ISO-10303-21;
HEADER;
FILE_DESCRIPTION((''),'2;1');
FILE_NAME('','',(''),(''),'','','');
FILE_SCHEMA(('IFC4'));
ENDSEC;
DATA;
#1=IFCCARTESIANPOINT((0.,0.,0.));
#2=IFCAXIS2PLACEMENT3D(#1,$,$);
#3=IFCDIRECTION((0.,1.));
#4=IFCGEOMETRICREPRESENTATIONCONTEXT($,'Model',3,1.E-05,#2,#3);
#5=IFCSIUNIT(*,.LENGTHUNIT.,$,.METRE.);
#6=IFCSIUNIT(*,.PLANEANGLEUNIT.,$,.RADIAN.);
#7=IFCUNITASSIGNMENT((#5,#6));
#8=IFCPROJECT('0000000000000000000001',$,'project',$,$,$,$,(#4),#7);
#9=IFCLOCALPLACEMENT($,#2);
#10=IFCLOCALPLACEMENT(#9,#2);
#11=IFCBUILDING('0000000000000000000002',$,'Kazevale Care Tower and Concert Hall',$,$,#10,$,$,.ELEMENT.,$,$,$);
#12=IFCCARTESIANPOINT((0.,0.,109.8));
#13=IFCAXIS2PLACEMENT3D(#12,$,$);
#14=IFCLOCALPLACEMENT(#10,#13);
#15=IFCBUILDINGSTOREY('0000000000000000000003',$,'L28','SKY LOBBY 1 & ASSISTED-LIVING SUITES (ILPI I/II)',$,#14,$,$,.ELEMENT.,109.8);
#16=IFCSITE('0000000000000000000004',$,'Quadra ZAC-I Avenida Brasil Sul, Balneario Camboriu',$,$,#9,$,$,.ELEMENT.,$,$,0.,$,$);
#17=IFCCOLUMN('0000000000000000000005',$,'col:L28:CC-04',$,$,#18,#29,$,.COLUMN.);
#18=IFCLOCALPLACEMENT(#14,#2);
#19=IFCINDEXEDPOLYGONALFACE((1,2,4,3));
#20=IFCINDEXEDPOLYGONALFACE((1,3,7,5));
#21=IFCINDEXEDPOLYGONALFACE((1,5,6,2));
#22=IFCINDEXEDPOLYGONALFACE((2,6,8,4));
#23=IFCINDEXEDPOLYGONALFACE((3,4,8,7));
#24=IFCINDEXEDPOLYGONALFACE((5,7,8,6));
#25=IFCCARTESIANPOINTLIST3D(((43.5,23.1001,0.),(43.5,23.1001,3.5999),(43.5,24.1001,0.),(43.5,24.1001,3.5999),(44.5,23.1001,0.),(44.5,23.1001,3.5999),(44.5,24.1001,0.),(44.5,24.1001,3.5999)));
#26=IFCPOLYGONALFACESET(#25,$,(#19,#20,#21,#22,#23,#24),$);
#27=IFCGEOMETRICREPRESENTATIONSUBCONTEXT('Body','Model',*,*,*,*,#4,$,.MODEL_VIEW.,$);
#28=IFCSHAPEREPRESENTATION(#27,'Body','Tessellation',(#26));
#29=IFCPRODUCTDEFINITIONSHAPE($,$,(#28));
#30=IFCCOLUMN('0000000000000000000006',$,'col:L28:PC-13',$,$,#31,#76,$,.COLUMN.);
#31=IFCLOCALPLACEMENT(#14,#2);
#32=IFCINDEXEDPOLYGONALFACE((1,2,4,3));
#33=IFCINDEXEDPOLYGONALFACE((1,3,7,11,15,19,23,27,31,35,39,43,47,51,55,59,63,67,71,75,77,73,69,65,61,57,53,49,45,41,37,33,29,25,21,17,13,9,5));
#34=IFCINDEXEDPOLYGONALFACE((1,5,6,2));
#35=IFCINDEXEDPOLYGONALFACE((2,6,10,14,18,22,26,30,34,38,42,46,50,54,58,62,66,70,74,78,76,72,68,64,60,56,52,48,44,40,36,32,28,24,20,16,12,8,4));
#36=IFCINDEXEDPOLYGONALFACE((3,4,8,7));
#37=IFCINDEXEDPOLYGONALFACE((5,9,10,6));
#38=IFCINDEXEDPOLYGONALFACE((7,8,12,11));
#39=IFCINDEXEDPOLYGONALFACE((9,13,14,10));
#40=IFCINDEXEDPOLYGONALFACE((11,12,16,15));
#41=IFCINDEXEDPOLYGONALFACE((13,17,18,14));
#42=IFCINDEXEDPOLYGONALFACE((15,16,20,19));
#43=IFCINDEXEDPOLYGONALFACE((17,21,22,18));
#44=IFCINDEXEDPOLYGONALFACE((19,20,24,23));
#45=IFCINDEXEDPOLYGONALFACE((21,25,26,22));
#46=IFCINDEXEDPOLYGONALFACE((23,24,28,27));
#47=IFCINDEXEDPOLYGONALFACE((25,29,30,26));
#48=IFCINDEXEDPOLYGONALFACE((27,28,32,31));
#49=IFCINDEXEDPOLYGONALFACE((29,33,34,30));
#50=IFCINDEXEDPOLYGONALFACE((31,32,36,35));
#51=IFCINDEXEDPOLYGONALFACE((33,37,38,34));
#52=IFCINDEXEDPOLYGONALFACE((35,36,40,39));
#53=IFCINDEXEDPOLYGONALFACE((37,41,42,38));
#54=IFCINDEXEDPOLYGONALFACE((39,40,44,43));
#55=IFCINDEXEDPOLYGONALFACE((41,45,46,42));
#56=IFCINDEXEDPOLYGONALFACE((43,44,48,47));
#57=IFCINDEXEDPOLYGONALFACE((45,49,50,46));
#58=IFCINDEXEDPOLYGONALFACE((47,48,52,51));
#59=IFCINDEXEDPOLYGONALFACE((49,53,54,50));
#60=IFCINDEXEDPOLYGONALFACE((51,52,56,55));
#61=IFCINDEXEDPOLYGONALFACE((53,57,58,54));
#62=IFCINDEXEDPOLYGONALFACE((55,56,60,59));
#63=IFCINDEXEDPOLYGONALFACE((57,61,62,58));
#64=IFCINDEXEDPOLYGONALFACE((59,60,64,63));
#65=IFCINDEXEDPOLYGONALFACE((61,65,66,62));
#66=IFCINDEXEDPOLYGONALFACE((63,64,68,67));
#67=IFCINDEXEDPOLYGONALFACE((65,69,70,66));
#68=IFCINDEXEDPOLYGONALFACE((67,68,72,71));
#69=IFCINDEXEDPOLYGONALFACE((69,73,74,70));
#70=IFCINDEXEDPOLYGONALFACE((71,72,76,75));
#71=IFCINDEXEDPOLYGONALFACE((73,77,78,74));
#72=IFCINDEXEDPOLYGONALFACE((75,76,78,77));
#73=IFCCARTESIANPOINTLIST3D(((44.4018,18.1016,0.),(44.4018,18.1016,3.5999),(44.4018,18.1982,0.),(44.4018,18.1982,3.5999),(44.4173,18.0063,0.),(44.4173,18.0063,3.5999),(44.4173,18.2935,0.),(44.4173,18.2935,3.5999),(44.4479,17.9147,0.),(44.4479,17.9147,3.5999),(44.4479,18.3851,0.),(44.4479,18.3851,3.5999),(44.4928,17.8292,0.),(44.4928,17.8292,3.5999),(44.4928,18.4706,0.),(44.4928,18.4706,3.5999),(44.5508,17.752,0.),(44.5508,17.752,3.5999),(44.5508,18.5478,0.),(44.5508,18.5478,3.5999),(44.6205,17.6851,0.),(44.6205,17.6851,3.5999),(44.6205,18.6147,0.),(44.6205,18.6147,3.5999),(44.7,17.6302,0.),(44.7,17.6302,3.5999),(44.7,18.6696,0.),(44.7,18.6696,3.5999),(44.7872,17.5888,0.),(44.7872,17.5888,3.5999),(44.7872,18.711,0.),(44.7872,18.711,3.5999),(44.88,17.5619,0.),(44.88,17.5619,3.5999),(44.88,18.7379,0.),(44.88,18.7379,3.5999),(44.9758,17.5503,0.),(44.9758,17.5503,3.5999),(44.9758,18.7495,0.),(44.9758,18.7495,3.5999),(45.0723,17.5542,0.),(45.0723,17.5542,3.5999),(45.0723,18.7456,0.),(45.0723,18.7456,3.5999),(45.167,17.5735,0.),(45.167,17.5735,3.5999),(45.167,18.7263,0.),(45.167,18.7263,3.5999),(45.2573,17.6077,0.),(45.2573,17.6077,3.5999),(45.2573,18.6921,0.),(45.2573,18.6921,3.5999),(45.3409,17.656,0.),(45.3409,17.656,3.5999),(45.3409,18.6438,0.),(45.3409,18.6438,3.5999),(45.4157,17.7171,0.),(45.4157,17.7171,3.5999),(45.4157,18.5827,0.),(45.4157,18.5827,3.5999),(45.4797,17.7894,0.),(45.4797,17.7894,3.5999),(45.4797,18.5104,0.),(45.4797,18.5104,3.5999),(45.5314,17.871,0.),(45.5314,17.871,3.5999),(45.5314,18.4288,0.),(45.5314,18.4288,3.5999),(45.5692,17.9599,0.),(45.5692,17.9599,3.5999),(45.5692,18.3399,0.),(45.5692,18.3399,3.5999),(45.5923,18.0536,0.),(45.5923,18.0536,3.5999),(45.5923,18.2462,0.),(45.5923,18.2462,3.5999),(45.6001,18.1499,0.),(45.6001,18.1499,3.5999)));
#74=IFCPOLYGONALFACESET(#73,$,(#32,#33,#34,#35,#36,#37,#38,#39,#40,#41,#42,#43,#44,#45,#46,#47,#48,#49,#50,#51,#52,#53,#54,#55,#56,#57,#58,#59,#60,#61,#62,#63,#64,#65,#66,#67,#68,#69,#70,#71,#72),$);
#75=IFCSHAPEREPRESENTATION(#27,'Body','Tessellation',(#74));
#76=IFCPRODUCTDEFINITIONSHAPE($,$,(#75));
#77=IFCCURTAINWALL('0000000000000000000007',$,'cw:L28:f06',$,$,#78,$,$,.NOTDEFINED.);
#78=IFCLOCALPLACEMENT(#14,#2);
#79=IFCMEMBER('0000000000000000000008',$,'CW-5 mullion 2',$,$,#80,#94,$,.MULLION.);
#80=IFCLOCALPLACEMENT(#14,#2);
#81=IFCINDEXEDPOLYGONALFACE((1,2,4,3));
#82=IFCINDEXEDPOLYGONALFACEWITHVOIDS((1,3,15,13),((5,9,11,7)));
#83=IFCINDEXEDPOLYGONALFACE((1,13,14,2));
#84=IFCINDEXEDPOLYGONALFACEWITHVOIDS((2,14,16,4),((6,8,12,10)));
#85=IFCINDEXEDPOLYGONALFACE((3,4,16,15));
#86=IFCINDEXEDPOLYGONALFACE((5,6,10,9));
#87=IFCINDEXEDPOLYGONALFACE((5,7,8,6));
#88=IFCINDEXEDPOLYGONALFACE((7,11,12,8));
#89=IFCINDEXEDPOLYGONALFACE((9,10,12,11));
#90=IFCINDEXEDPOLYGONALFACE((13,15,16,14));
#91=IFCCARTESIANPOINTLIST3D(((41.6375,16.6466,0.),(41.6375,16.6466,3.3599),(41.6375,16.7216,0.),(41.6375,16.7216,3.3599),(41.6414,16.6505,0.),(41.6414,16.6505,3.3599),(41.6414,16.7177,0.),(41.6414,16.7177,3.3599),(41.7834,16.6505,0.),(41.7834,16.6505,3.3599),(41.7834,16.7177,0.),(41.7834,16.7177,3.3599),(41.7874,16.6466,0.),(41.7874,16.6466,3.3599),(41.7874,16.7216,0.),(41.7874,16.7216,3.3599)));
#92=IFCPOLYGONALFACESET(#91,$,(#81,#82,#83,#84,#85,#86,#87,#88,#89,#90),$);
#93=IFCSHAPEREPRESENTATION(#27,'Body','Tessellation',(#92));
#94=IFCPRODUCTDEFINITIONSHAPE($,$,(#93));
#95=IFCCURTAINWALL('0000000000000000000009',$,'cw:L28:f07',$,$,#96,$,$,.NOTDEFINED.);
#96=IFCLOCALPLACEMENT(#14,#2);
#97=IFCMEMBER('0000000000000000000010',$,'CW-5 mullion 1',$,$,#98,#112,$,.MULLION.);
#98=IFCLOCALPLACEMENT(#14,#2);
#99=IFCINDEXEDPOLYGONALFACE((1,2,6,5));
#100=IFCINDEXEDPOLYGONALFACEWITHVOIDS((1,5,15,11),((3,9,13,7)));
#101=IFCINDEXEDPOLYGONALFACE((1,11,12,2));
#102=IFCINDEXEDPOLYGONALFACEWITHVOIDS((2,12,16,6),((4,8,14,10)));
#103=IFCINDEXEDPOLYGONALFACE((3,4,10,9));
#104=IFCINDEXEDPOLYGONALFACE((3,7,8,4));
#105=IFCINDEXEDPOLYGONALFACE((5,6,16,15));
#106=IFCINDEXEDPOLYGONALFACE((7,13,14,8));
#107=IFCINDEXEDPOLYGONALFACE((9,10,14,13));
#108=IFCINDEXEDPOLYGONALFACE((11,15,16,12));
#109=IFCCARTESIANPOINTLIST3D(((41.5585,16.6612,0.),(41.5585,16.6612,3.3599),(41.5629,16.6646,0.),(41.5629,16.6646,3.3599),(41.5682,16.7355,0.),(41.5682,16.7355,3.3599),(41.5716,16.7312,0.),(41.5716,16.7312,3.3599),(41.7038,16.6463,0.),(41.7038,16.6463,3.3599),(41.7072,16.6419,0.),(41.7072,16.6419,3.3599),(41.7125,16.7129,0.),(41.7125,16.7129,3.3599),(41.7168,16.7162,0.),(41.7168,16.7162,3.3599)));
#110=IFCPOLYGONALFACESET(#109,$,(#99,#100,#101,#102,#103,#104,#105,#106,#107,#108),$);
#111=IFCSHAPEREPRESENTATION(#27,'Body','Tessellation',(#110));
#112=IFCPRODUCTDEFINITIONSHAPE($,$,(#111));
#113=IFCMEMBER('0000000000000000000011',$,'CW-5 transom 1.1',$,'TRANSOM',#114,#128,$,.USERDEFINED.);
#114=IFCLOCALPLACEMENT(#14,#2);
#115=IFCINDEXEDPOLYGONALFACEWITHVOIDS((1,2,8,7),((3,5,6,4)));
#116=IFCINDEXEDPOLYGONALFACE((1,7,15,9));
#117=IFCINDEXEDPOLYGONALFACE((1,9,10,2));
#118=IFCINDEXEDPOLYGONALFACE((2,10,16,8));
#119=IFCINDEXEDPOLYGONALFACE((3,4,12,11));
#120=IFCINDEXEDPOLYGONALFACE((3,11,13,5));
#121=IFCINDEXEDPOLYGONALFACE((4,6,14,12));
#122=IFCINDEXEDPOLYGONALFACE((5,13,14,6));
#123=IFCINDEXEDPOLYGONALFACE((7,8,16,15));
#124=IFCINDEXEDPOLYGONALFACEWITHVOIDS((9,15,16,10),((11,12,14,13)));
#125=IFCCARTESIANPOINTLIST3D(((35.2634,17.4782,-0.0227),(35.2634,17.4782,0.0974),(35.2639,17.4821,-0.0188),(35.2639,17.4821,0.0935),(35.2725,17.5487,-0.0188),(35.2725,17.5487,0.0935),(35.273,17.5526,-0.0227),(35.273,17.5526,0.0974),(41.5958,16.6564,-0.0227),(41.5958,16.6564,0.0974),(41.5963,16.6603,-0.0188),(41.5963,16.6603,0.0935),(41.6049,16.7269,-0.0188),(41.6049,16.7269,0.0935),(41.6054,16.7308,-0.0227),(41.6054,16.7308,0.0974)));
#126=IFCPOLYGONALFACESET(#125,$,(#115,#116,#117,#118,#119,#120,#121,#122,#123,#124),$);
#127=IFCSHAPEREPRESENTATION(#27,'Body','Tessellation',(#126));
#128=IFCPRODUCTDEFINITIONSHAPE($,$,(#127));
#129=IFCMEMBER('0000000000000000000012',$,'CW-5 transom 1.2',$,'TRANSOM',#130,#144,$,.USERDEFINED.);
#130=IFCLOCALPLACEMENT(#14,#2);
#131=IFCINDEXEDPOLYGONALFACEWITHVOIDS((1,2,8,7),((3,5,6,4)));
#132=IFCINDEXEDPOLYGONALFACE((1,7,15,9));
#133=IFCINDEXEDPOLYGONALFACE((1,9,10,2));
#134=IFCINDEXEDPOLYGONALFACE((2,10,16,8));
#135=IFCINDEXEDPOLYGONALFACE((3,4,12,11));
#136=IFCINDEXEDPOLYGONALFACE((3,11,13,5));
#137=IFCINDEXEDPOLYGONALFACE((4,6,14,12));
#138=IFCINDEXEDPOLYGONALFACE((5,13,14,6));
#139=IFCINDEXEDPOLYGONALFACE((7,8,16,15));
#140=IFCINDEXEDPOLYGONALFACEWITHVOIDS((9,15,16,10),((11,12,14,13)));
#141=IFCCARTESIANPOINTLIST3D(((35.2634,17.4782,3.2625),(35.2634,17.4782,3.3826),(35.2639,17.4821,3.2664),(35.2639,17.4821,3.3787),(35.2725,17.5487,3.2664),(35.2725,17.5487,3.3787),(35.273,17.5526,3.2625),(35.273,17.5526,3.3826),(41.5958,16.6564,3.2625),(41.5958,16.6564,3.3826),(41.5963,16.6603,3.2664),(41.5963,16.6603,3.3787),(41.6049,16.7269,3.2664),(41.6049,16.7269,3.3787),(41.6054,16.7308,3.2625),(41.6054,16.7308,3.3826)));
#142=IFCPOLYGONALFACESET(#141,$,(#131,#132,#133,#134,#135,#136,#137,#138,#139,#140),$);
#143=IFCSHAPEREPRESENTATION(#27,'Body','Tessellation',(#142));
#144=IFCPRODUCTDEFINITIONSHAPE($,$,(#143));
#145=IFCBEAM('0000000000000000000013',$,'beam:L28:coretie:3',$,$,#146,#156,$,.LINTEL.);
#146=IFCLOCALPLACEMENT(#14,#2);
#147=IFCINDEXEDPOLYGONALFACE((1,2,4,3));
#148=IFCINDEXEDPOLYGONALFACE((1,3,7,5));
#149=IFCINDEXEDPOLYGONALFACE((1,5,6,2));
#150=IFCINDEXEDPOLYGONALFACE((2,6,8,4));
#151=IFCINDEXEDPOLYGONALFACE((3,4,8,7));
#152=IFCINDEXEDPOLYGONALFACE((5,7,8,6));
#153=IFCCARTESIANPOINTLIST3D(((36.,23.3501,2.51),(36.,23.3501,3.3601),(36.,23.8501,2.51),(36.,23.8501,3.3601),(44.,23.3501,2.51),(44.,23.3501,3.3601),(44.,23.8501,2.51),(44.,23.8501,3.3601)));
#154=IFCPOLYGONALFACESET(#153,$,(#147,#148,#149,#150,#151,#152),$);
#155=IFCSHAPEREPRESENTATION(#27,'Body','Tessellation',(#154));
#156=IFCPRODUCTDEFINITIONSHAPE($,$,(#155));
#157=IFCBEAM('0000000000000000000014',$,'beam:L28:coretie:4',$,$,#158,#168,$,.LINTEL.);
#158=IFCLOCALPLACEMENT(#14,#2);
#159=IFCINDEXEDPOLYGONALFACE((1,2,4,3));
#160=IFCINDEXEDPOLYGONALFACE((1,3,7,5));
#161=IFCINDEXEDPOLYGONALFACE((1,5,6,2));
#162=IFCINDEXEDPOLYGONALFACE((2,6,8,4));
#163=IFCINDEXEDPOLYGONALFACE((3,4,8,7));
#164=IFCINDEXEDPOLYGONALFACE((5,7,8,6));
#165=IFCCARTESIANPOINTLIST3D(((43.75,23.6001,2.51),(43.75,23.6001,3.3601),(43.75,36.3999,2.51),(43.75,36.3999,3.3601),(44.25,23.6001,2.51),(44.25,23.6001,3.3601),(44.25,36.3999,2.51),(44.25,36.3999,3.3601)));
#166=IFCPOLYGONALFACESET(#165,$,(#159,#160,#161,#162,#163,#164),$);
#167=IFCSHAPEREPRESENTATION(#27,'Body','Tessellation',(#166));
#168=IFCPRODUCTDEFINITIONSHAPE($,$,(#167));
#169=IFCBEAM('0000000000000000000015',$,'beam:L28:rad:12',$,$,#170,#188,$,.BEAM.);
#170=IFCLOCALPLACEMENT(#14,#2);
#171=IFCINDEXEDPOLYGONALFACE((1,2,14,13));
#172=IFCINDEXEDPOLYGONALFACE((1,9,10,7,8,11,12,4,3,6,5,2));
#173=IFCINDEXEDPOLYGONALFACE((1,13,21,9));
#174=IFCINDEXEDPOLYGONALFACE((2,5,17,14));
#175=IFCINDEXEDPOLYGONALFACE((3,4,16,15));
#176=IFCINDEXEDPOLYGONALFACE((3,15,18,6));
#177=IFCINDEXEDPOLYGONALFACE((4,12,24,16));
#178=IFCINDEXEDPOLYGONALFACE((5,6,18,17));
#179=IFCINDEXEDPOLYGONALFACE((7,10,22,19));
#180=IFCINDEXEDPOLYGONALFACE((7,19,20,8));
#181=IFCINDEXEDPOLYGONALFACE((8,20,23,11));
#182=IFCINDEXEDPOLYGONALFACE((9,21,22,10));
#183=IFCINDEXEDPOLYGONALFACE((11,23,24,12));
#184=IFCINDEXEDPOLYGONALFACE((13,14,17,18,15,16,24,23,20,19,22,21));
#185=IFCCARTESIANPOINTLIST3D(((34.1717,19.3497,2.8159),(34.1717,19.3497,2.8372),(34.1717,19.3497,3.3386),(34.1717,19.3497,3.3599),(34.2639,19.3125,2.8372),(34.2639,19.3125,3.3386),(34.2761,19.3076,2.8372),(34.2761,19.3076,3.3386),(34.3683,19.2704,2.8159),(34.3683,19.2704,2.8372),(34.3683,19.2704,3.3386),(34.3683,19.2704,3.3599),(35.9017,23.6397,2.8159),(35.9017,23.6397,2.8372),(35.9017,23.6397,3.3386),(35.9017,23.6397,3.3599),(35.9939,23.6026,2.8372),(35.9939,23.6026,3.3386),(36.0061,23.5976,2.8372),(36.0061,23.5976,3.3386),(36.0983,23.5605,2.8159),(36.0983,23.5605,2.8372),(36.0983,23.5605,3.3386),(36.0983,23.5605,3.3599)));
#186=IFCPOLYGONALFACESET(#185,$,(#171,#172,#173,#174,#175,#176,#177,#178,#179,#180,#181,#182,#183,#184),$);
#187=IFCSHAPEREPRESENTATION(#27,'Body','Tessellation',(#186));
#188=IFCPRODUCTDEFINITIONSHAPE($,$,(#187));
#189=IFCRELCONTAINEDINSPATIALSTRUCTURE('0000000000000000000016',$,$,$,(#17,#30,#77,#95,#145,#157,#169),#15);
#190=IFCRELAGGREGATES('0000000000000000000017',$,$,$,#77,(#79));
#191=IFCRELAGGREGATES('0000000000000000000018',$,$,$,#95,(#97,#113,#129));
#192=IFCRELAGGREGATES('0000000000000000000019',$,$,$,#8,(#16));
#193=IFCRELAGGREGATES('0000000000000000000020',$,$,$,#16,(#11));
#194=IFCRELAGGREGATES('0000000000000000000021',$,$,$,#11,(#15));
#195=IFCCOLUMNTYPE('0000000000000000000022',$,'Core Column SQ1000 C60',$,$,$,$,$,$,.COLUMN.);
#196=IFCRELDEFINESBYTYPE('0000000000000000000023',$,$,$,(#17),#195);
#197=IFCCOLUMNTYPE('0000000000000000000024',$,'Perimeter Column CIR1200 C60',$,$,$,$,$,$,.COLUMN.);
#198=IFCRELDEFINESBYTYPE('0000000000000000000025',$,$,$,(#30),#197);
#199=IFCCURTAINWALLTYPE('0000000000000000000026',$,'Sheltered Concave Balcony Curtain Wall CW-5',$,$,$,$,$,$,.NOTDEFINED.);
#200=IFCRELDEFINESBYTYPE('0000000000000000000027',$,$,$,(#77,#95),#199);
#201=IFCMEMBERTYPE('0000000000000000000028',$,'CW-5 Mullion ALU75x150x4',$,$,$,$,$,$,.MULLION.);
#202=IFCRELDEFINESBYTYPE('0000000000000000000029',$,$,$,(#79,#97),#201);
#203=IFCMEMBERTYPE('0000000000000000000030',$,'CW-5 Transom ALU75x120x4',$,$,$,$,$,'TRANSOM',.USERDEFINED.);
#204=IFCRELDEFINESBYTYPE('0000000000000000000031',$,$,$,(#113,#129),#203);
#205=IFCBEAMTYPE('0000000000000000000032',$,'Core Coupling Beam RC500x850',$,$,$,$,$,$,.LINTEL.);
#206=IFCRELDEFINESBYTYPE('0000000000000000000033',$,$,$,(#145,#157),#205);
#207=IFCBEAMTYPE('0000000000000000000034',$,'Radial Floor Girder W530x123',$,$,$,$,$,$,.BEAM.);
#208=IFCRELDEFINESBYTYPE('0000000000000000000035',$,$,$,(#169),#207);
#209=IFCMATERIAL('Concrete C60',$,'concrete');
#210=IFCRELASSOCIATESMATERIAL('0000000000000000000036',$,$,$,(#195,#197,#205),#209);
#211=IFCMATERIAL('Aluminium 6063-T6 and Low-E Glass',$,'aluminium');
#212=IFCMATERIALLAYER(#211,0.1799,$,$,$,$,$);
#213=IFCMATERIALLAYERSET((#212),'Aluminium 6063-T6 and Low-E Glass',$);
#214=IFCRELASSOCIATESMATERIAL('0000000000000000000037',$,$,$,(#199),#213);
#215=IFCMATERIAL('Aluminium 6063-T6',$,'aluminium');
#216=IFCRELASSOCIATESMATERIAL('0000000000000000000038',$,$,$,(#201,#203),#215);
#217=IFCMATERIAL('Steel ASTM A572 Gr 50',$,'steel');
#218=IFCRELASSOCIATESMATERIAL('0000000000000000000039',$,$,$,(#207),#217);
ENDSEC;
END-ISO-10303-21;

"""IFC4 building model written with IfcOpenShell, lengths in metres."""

from ifc_helpers import new_model, si_unit, direction, frame, origin, origin_2d, place, context, subcontext, project, spatial, rectangle, hollow_rectangle, circle, i_section, extrude, material, layer, layer_set, material_profile, profile_set, type_object, element, aggregate, save


model = new_model("IFC4")

# Units and contexts
model_context = context("Model", 3, precision=1e-05, world=origin(), true_north=direction((0.0, 1.0)))
body_context = subcontext(model_context, "Body", "Model", "MODEL_VIEW")
ifc_project = project(units=[si_unit("LENGTHUNIT", "METRE"), si_unit("PLANEANGLEUNIT", "RADIAN")], contexts=[model_context])

# Site, building, storey
site_placement = place(None, origin())
site = spatial("IfcSite", under=ifc_project, at=site_placement, Name="Quadra ZAC-I Avenida Brasil Sul, Balneario Camboriu", CompositionType="ELEMENT", RefElevation=0.0)
building_placement = place(site_placement, origin())
building = spatial("IfcBuilding", under=site, at=building_placement, Name="Kazevale Care Tower and Concert Hall", CompositionType="ELEMENT")
storey_placement = place(building_placement, frame((0.0, 0.0, 109.8)))
storey = spatial("IfcBuildingStorey", under=building, at=storey_placement, Name="L28", Description="SKY LOBBY 1 & ASSISTED-LIVING SUITES (ILPI I/II)", CompositionType="ELEMENT", Elevation=109.8)

# Columns
ifc_material_1 = material(Name="Concrete C60", Category="concrete")
ifc_material_profile_1 = material_profile(ifc_material_1, rectangle(XDim=1.0, YDim=1.0, at=origin_2d()), Name="RC-SQ1000")
ifc_profile_set_1 = profile_set([ifc_material_profile_1], Name="Concrete C60")
column_type_1 = type_object("IfcColumnType", Name="Core Column SQ1000 C60", PredefinedType="COLUMN", material=ifc_profile_set_1)
column_1_placement = place(storey_placement, frame((44.0, 23.6001, 0.0), z_axis=(0.0, 0.0, 1.0), x_axis=(1.0, 0.0, 0.0)))
element("IfcColumn", 1, at=column_1_placement, inside=storey, type_object=column_type_1, Name="col:L28:CC-04", PredefinedType="COLUMN", context=body_context, shape_type="SweptSolid", body=[
    extrude(rectangle(XDim=1.0, YDim=1.0, at=origin_2d()), origin(), (0.0, 0.0, 1.0), 3.5999),
])
ifc_material_profile_2 = material_profile(ifc_material_1, circle(Radius=0.6001, at=origin_2d()), Name="RC-CIR1200")
ifc_profile_set_2 = profile_set([ifc_material_profile_2], Name="Concrete C60")
column_type_2 = type_object("IfcColumnType", Name="Perimeter Column CIR1200 C60", PredefinedType="COLUMN", material=ifc_profile_set_2)
column_2_placement = place(storey_placement, frame((45.0, 18.1499, 0.0), z_axis=(0.0, 0.0, 1.0), x_axis=(1.0, 0.0, 0.0)))
element("IfcColumn", 2, at=column_2_placement, inside=storey, type_object=column_type_2, Name="col:L28:PC-13", PredefinedType="COLUMN", context=body_context, shape_type="SweptSolid", body=[
    extrude(circle(Radius=0.6001, at=origin_2d()), origin(), (0.0, 0.0, 1.0), 3.5999),
])

# Curtain wall, member
ifc_material_2 = material(Name="Aluminium 6063-T6 and Low-E Glass", Category="aluminium")
ifc_layer_1 = layer(ifc_material_2, 0.1799)
ifc_layer_set_1 = layer_set([ifc_layer_1], Name="Aluminium 6063-T6 and Low-E Glass")
curtain_wall_type = type_object("IfcCurtainWallType", Name="Sheltered Concave Balcony Curtain Wall CW-5", PredefinedType="NOTDEFINED", material=ifc_layer_set_1)
curtain_wall_1_placement = place(storey_placement, origin())
curtain_wall_1 = element("IfcCurtainWall", 3, at=curtain_wall_1_placement, inside=storey, type_object=curtain_wall_type, Name="cw:L28:f06", PredefinedType="NOTDEFINED")
ifc_material_3 = material(Name="Aluminium 6063-T6", Category="aluminium")
ifc_material_profile_3 = material_profile(ifc_material_3, hollow_rectangle(XDim=0.075, YDim=0.1499, WallThickness=0.0039, at=origin_2d()), Name="ALU75x150x4")
ifc_profile_set_3 = profile_set([ifc_material_profile_3], Name="Aluminium 6063-T6")
member_type_1 = type_object("IfcMemberType", Name="CW-5 Mullion ALU75x150x4", PredefinedType="MULLION", material=ifc_profile_set_3)
member_1_placement = place(storey_placement, frame((41.7124, 16.6841, 0.0), z_axis=(0.0, 0.0, 1.0), x_axis=(0.0, -1.0, 0.0)))
member_1 = element("IfcMember", 4, at=member_1_placement, type_object=member_type_1, Name="CW-5 mullion 2", PredefinedType="MULLION", context=body_context, shape_type="SweptSolid", body=[
    extrude(hollow_rectangle(XDim=0.075, YDim=0.1499, WallThickness=0.0039, at=origin_2d()), origin(), (0.0, 0.0, 1.0), 3.3599),
])

# Curtain wall, members
curtain_wall_2_placement = place(storey_placement, origin())
curtain_wall_2 = element("IfcCurtainWall", 5, at=curtain_wall_2_placement, inside=storey, type_object=curtain_wall_type, Name="cw:L28:f07", PredefinedType="NOTDEFINED")
member_2_placement = place(storey_placement, frame((41.6377, 16.6887, 0.0), z_axis=(0.0, 0.0, 1.0), x_axis=(-0.128685, -0.991686, 0.0)))
member_2 = element("IfcMember", 6, at=member_2_placement, type_object=member_type_1, Name="CW-5 mullion 1", PredefinedType="MULLION", context=body_context, shape_type="SweptSolid", body=[
    extrude(hollow_rectangle(XDim=0.075, YDim=0.1499, WallThickness=0.0039, at=origin_2d()), origin(), (0.0, 0.0, 1.0), 3.3599),
])
ifc_material_profile_4 = material_profile(ifc_material_3, hollow_rectangle(XDim=0.075, YDim=0.1201, WallThickness=0.0039, at=origin_2d()), Name="ALU75x120x4")
ifc_profile_set_4 = profile_set([ifc_material_profile_4], Name="Aluminium 6063-T6")
member_type_2 = type_object("IfcMemberType", Name="CW-5 Transom ALU75x120x4", ElementType="TRANSOM", PredefinedType="USERDEFINED", material=ifc_profile_set_4)
member_3_placement = place(storey_placement, frame((41.6006, 16.6936, 0.0374), z_axis=(-0.991684, 0.128697, 0.0), x_axis=(-0.128697, -0.991684, 0.0)))
member_3 = element("IfcMember", 7, at=member_3_placement, type_object=member_type_2, Name="CW-5 transom 1.1", ObjectType="TRANSOM", PredefinedType="USERDEFINED", context=body_context, shape_type="SweptSolid", body=[
    extrude(hollow_rectangle(XDim=0.075, YDim=0.1201, WallThickness=0.0039, at=origin_2d()), origin(), (0.0, 0.0, 1.0), 6.3855),
])
member_4_placement = place(storey_placement, frame((41.6006, 16.6936, 3.3225), z_axis=(-0.991684, 0.128697, 0.0), x_axis=(-0.128697, -0.991684, 0.0)))
member_4 = element("IfcMember", 8, at=member_4_placement, type_object=member_type_2, Name="CW-5 transom 1.2", ObjectType="TRANSOM", PredefinedType="USERDEFINED", context=body_context, shape_type="SweptSolid", body=[
    extrude(hollow_rectangle(XDim=0.075, YDim=0.1201, WallThickness=0.0039, at=origin_2d()), origin(), (0.0, 0.0, 1.0), 6.3855),
])

# Beams
ifc_material_profile_5 = material_profile(ifc_material_1, rectangle(XDim=0.5, YDim=0.8501, at=origin_2d()), Name="RC-B500x850")
ifc_profile_set_5 = profile_set([ifc_material_profile_5], Name="Concrete C60")
beam_type_1 = type_object("IfcBeamType", Name="Core Coupling Beam RC500x850", PredefinedType="LINTEL", material=ifc_profile_set_5)
beam_1_placement = place(storey_placement, frame((36.0, 23.6001, 2.9351), z_axis=(1.0, 0.0, 0.0), x_axis=(0.0, 1.0, 0.0)))
element("IfcBeam", 9, at=beam_1_placement, inside=storey, type_object=beam_type_1, Name="beam:L28:coretie:3", PredefinedType="LINTEL", context=body_context, shape_type="SweptSolid", body=[
    extrude(rectangle(XDim=0.5, YDim=0.8501, at=origin_2d()), origin(), (0.0, 0.0, 1.0), 8.0),
])
beam_2_placement = place(storey_placement, frame((44.0, 23.6001, 2.9351), z_axis=(0.0, 1.0, 0.0), x_axis=(-1.0, 0.0, 0.0)))
element("IfcBeam", 10, at=beam_2_placement, inside=storey, type_object=beam_type_1, Name="beam:L28:coretie:4", PredefinedType="LINTEL", context=body_context, shape_type="SweptSolid", body=[
    extrude(rectangle(XDim=0.5, YDim=0.8501, at=origin_2d()), origin(), (0.0, 0.0, 1.0), 12.7998),
])
ifc_material_4 = material(Name="Steel ASTM A572 Gr 50", Category="steel")
ifc_material_profile_6 = material_profile(ifc_material_4, i_section(OverallWidth=0.2119, OverallDepth=0.5439, WebThickness=0.0132, FlangeThickness=0.0212, at=origin_2d()), Name="W530x123")
ifc_profile_set_6 = profile_set([ifc_material_profile_6], Name="Steel ASTM A572 Gr 50")
beam_type_2 = type_object("IfcBeamType", Name="Radial Floor Girder W530x123", PredefinedType="BEAM", material=ifc_profile_set_6)
beam_3_placement = place(storey_placement, frame((36.0, 23.6001, 3.0879), z_axis=(-0.373992, -0.927432, 0.0), x_axis=(0.927432, -0.373992, 0.0)))
element("IfcBeam", 11, at=beam_3_placement, inside=storey, type_object=beam_type_2, Name="beam:L28:rad:12", PredefinedType="BEAM", context=body_context, shape_type="SweptSolid", body=[
    extrude(i_section(OverallWidth=0.2119, OverallDepth=0.5439, WebThickness=0.0132, FlangeThickness=0.0212, at=origin_2d()), origin(), (0.0, 0.0, 1.0), 4.6257),
])

aggregate(curtain_wall_1, [member_1])
aggregate(curtain_wall_2, [member_2, member_3, member_4])

save(model, "model.ifc")
